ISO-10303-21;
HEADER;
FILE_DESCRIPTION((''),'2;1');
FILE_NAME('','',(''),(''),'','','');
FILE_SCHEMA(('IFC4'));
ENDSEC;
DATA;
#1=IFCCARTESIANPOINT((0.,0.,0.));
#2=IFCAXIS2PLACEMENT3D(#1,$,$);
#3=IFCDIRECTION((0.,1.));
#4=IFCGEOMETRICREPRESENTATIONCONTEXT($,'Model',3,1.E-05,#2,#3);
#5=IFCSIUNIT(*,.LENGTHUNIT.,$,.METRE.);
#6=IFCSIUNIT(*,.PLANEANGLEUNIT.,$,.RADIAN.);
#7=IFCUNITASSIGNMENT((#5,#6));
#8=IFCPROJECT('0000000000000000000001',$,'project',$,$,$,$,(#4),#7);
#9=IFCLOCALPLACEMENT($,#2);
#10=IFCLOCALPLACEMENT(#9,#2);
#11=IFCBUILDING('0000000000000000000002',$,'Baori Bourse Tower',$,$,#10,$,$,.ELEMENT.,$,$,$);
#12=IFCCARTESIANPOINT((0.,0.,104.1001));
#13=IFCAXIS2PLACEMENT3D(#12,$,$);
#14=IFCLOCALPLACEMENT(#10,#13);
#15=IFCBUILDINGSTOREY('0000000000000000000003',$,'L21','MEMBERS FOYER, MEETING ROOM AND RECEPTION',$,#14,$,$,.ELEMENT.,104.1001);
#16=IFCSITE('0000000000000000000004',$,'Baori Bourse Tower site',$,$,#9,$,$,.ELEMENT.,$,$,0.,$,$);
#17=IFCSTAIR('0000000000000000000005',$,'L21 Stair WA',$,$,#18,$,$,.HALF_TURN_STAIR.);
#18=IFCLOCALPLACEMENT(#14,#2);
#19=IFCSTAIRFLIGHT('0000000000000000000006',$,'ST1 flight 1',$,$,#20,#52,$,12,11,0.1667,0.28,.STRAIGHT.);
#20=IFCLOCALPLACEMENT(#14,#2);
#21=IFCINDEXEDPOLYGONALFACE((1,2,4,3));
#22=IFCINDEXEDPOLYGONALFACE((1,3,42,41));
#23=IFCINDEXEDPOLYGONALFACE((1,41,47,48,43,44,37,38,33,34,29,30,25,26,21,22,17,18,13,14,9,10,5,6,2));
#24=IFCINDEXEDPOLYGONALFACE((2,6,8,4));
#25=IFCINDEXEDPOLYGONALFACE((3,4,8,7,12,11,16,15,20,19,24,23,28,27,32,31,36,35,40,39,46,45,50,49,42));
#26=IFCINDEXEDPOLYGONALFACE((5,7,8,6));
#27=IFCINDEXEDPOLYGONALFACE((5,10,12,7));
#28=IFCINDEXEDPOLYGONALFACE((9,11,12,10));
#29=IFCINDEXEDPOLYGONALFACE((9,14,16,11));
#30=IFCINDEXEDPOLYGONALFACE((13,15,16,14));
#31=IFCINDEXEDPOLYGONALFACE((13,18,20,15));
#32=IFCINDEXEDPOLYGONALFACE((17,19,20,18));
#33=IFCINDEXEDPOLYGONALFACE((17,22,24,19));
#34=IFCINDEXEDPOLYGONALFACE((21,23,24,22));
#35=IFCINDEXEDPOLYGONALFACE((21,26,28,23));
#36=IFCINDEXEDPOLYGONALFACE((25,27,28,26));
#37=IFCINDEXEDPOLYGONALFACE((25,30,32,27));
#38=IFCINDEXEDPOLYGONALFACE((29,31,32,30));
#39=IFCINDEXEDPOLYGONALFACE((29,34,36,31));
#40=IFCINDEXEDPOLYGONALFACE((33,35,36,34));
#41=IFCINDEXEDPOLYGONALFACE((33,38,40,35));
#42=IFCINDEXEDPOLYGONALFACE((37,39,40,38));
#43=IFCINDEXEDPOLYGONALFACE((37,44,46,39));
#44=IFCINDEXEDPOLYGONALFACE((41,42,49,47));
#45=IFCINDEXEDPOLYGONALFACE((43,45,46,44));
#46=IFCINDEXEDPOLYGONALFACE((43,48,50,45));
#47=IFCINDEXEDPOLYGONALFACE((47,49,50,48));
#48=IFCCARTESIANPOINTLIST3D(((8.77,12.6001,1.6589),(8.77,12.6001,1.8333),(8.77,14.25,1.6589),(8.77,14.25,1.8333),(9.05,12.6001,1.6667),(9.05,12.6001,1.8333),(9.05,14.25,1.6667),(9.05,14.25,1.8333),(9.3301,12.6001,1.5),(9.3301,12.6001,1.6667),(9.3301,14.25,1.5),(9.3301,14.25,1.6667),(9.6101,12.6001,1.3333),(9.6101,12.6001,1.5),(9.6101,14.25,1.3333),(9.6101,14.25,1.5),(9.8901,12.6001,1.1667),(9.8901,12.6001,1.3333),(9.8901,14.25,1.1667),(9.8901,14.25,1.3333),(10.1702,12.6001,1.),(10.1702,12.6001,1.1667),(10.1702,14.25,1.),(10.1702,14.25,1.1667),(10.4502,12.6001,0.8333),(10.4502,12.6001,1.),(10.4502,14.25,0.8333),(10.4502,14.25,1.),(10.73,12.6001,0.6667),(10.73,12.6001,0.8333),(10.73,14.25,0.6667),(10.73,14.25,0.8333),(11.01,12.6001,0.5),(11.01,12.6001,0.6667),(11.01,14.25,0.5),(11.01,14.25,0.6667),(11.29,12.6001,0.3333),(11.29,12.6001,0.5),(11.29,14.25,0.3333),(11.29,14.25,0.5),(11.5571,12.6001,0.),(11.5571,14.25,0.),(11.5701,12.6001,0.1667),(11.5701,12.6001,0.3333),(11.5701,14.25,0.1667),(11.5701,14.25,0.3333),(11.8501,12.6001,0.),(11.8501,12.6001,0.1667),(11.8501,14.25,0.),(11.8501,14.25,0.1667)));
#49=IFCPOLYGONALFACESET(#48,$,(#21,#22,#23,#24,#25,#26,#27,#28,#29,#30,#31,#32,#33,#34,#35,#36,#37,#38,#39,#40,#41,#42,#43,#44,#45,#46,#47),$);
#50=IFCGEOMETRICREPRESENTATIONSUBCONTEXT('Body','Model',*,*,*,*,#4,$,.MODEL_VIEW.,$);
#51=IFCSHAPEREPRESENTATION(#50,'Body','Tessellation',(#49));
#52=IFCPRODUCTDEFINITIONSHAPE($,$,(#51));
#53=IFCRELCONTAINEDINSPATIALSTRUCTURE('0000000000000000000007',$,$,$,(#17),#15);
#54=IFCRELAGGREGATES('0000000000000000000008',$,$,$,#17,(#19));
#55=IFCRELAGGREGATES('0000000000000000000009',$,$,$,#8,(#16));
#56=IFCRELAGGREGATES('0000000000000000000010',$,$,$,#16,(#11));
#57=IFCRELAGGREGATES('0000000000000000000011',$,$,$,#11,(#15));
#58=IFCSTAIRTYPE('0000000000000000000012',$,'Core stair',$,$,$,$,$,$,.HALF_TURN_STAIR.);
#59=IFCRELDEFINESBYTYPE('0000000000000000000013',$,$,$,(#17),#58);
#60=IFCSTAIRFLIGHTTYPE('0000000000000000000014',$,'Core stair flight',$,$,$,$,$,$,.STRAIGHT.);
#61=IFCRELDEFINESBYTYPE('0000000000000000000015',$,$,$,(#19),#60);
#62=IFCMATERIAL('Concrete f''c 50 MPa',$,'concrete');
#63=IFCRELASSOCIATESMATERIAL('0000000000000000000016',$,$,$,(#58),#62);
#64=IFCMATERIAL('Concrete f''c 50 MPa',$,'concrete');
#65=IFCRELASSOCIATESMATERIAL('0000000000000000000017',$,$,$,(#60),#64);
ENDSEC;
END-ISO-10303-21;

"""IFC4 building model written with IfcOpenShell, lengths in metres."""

from ifc_helpers import new_model, si_unit, direction, frame, origin, place, context, subcontext, project, spatial, polyline, outline, extrude, material, type_object, element, aggregate, save


model = new_model("IFC4")

# Units and contexts
model_context = context("Model", 3, precision=1e-05, world=origin(), true_north=direction((0.0, 1.0)))
body_context = subcontext(model_context, "Body", "Model", "MODEL_VIEW")
ifc_project = project(units=[si_unit("LENGTHUNIT", "METRE"), si_unit("PLANEANGLEUNIT", "RADIAN")], contexts=[model_context])

# Site, building, storey
site_placement = place(None, origin())
site = spatial("IfcSite", under=ifc_project, at=site_placement, Name="Baori Bourse Tower site", CompositionType="ELEMENT", RefElevation=0.0)
building_placement = place(site_placement, origin())
building = spatial("IfcBuilding", under=site, at=building_placement, Name="Baori Bourse Tower", CompositionType="ELEMENT")
storey_placement = place(building_placement, frame((0.0, 0.0, 104.1001)))
storey = spatial("IfcBuildingStorey", under=building, at=storey_placement, Name="L21", Description="MEMBERS FOYER, MEETING ROOM AND RECEPTION", CompositionType="ELEMENT", Elevation=104.1001)

# Stair, stair flight
ifc_material_1 = material(Name="Concrete f'c 50 MPa", Category="concrete")
stair_type = type_object("IfcStairType", Name="Core stair", PredefinedType="HALF_TURN_STAIR", material=ifc_material_1)
stair_placement = place(storey_placement, origin())
stair = element("IfcStair", 1, at=stair_placement, inside=storey, type_object=stair_type, Name="L21 Stair WA", PredefinedType="HALF_TURN_STAIR")
ifc_material_2 = material(Name="Concrete f'c 50 MPa", Category="concrete")
stair_flight_type = type_object("IfcStairFlightType", Name="Core stair flight", PredefinedType="STRAIGHT", material=ifc_material_2)
stair_flight_placement = place(storey_placement, frame((11.8501, 13.425, 0.0), z_axis=(0.0, 0.0, 1.0), x_axis=(-1.0, 0.0, 0.0)))
stair_flight = element("IfcStairFlight", 2, at=stair_flight_placement, type_object=stair_flight_type, Name="ST1 flight 1", NumberOfRisers=12, NumberOfTreads=11, PredefinedType="STRAIGHT", RiserHeight=0.1667, TreadLength=0.28, context=body_context, shape_type="SweptSolid", body=[
    extrude(outline(polyline([(0.0, 0.0), (0.0, 0.1667), (0.28, 0.1667), (0.28, 0.3333), (0.5601, 0.3333), (0.5601, 0.5), (0.8401, 0.5), (0.8401, 0.6667), (1.1201, 0.6667), (1.1201, 0.8333), (1.3999, 0.8333), (1.3999, 1.0), (1.6799, 1.0), (1.6799, 1.1667), (1.96, 1.1667), (1.96, 1.3333), (2.24, 1.3333), (2.24, 1.5), (2.52, 1.5), (2.52, 1.6667), (2.8, 1.6667), (2.8, 1.8333), (3.0801, 1.8333), (3.0801, 2.0), (3.0801, 1.6589), (0.293, 0.0), (0.0, 0.0)])), frame((0.0, 0.825, 0.0), z_axis=(0.0, -1.0, 0.0), x_axis=(1.0, 0.0, 0.0)), (0.0, 0.0, 1.0), 1.6499),
])
aggregate(stair, [stair_flight])

save(model, "model.ifc")
